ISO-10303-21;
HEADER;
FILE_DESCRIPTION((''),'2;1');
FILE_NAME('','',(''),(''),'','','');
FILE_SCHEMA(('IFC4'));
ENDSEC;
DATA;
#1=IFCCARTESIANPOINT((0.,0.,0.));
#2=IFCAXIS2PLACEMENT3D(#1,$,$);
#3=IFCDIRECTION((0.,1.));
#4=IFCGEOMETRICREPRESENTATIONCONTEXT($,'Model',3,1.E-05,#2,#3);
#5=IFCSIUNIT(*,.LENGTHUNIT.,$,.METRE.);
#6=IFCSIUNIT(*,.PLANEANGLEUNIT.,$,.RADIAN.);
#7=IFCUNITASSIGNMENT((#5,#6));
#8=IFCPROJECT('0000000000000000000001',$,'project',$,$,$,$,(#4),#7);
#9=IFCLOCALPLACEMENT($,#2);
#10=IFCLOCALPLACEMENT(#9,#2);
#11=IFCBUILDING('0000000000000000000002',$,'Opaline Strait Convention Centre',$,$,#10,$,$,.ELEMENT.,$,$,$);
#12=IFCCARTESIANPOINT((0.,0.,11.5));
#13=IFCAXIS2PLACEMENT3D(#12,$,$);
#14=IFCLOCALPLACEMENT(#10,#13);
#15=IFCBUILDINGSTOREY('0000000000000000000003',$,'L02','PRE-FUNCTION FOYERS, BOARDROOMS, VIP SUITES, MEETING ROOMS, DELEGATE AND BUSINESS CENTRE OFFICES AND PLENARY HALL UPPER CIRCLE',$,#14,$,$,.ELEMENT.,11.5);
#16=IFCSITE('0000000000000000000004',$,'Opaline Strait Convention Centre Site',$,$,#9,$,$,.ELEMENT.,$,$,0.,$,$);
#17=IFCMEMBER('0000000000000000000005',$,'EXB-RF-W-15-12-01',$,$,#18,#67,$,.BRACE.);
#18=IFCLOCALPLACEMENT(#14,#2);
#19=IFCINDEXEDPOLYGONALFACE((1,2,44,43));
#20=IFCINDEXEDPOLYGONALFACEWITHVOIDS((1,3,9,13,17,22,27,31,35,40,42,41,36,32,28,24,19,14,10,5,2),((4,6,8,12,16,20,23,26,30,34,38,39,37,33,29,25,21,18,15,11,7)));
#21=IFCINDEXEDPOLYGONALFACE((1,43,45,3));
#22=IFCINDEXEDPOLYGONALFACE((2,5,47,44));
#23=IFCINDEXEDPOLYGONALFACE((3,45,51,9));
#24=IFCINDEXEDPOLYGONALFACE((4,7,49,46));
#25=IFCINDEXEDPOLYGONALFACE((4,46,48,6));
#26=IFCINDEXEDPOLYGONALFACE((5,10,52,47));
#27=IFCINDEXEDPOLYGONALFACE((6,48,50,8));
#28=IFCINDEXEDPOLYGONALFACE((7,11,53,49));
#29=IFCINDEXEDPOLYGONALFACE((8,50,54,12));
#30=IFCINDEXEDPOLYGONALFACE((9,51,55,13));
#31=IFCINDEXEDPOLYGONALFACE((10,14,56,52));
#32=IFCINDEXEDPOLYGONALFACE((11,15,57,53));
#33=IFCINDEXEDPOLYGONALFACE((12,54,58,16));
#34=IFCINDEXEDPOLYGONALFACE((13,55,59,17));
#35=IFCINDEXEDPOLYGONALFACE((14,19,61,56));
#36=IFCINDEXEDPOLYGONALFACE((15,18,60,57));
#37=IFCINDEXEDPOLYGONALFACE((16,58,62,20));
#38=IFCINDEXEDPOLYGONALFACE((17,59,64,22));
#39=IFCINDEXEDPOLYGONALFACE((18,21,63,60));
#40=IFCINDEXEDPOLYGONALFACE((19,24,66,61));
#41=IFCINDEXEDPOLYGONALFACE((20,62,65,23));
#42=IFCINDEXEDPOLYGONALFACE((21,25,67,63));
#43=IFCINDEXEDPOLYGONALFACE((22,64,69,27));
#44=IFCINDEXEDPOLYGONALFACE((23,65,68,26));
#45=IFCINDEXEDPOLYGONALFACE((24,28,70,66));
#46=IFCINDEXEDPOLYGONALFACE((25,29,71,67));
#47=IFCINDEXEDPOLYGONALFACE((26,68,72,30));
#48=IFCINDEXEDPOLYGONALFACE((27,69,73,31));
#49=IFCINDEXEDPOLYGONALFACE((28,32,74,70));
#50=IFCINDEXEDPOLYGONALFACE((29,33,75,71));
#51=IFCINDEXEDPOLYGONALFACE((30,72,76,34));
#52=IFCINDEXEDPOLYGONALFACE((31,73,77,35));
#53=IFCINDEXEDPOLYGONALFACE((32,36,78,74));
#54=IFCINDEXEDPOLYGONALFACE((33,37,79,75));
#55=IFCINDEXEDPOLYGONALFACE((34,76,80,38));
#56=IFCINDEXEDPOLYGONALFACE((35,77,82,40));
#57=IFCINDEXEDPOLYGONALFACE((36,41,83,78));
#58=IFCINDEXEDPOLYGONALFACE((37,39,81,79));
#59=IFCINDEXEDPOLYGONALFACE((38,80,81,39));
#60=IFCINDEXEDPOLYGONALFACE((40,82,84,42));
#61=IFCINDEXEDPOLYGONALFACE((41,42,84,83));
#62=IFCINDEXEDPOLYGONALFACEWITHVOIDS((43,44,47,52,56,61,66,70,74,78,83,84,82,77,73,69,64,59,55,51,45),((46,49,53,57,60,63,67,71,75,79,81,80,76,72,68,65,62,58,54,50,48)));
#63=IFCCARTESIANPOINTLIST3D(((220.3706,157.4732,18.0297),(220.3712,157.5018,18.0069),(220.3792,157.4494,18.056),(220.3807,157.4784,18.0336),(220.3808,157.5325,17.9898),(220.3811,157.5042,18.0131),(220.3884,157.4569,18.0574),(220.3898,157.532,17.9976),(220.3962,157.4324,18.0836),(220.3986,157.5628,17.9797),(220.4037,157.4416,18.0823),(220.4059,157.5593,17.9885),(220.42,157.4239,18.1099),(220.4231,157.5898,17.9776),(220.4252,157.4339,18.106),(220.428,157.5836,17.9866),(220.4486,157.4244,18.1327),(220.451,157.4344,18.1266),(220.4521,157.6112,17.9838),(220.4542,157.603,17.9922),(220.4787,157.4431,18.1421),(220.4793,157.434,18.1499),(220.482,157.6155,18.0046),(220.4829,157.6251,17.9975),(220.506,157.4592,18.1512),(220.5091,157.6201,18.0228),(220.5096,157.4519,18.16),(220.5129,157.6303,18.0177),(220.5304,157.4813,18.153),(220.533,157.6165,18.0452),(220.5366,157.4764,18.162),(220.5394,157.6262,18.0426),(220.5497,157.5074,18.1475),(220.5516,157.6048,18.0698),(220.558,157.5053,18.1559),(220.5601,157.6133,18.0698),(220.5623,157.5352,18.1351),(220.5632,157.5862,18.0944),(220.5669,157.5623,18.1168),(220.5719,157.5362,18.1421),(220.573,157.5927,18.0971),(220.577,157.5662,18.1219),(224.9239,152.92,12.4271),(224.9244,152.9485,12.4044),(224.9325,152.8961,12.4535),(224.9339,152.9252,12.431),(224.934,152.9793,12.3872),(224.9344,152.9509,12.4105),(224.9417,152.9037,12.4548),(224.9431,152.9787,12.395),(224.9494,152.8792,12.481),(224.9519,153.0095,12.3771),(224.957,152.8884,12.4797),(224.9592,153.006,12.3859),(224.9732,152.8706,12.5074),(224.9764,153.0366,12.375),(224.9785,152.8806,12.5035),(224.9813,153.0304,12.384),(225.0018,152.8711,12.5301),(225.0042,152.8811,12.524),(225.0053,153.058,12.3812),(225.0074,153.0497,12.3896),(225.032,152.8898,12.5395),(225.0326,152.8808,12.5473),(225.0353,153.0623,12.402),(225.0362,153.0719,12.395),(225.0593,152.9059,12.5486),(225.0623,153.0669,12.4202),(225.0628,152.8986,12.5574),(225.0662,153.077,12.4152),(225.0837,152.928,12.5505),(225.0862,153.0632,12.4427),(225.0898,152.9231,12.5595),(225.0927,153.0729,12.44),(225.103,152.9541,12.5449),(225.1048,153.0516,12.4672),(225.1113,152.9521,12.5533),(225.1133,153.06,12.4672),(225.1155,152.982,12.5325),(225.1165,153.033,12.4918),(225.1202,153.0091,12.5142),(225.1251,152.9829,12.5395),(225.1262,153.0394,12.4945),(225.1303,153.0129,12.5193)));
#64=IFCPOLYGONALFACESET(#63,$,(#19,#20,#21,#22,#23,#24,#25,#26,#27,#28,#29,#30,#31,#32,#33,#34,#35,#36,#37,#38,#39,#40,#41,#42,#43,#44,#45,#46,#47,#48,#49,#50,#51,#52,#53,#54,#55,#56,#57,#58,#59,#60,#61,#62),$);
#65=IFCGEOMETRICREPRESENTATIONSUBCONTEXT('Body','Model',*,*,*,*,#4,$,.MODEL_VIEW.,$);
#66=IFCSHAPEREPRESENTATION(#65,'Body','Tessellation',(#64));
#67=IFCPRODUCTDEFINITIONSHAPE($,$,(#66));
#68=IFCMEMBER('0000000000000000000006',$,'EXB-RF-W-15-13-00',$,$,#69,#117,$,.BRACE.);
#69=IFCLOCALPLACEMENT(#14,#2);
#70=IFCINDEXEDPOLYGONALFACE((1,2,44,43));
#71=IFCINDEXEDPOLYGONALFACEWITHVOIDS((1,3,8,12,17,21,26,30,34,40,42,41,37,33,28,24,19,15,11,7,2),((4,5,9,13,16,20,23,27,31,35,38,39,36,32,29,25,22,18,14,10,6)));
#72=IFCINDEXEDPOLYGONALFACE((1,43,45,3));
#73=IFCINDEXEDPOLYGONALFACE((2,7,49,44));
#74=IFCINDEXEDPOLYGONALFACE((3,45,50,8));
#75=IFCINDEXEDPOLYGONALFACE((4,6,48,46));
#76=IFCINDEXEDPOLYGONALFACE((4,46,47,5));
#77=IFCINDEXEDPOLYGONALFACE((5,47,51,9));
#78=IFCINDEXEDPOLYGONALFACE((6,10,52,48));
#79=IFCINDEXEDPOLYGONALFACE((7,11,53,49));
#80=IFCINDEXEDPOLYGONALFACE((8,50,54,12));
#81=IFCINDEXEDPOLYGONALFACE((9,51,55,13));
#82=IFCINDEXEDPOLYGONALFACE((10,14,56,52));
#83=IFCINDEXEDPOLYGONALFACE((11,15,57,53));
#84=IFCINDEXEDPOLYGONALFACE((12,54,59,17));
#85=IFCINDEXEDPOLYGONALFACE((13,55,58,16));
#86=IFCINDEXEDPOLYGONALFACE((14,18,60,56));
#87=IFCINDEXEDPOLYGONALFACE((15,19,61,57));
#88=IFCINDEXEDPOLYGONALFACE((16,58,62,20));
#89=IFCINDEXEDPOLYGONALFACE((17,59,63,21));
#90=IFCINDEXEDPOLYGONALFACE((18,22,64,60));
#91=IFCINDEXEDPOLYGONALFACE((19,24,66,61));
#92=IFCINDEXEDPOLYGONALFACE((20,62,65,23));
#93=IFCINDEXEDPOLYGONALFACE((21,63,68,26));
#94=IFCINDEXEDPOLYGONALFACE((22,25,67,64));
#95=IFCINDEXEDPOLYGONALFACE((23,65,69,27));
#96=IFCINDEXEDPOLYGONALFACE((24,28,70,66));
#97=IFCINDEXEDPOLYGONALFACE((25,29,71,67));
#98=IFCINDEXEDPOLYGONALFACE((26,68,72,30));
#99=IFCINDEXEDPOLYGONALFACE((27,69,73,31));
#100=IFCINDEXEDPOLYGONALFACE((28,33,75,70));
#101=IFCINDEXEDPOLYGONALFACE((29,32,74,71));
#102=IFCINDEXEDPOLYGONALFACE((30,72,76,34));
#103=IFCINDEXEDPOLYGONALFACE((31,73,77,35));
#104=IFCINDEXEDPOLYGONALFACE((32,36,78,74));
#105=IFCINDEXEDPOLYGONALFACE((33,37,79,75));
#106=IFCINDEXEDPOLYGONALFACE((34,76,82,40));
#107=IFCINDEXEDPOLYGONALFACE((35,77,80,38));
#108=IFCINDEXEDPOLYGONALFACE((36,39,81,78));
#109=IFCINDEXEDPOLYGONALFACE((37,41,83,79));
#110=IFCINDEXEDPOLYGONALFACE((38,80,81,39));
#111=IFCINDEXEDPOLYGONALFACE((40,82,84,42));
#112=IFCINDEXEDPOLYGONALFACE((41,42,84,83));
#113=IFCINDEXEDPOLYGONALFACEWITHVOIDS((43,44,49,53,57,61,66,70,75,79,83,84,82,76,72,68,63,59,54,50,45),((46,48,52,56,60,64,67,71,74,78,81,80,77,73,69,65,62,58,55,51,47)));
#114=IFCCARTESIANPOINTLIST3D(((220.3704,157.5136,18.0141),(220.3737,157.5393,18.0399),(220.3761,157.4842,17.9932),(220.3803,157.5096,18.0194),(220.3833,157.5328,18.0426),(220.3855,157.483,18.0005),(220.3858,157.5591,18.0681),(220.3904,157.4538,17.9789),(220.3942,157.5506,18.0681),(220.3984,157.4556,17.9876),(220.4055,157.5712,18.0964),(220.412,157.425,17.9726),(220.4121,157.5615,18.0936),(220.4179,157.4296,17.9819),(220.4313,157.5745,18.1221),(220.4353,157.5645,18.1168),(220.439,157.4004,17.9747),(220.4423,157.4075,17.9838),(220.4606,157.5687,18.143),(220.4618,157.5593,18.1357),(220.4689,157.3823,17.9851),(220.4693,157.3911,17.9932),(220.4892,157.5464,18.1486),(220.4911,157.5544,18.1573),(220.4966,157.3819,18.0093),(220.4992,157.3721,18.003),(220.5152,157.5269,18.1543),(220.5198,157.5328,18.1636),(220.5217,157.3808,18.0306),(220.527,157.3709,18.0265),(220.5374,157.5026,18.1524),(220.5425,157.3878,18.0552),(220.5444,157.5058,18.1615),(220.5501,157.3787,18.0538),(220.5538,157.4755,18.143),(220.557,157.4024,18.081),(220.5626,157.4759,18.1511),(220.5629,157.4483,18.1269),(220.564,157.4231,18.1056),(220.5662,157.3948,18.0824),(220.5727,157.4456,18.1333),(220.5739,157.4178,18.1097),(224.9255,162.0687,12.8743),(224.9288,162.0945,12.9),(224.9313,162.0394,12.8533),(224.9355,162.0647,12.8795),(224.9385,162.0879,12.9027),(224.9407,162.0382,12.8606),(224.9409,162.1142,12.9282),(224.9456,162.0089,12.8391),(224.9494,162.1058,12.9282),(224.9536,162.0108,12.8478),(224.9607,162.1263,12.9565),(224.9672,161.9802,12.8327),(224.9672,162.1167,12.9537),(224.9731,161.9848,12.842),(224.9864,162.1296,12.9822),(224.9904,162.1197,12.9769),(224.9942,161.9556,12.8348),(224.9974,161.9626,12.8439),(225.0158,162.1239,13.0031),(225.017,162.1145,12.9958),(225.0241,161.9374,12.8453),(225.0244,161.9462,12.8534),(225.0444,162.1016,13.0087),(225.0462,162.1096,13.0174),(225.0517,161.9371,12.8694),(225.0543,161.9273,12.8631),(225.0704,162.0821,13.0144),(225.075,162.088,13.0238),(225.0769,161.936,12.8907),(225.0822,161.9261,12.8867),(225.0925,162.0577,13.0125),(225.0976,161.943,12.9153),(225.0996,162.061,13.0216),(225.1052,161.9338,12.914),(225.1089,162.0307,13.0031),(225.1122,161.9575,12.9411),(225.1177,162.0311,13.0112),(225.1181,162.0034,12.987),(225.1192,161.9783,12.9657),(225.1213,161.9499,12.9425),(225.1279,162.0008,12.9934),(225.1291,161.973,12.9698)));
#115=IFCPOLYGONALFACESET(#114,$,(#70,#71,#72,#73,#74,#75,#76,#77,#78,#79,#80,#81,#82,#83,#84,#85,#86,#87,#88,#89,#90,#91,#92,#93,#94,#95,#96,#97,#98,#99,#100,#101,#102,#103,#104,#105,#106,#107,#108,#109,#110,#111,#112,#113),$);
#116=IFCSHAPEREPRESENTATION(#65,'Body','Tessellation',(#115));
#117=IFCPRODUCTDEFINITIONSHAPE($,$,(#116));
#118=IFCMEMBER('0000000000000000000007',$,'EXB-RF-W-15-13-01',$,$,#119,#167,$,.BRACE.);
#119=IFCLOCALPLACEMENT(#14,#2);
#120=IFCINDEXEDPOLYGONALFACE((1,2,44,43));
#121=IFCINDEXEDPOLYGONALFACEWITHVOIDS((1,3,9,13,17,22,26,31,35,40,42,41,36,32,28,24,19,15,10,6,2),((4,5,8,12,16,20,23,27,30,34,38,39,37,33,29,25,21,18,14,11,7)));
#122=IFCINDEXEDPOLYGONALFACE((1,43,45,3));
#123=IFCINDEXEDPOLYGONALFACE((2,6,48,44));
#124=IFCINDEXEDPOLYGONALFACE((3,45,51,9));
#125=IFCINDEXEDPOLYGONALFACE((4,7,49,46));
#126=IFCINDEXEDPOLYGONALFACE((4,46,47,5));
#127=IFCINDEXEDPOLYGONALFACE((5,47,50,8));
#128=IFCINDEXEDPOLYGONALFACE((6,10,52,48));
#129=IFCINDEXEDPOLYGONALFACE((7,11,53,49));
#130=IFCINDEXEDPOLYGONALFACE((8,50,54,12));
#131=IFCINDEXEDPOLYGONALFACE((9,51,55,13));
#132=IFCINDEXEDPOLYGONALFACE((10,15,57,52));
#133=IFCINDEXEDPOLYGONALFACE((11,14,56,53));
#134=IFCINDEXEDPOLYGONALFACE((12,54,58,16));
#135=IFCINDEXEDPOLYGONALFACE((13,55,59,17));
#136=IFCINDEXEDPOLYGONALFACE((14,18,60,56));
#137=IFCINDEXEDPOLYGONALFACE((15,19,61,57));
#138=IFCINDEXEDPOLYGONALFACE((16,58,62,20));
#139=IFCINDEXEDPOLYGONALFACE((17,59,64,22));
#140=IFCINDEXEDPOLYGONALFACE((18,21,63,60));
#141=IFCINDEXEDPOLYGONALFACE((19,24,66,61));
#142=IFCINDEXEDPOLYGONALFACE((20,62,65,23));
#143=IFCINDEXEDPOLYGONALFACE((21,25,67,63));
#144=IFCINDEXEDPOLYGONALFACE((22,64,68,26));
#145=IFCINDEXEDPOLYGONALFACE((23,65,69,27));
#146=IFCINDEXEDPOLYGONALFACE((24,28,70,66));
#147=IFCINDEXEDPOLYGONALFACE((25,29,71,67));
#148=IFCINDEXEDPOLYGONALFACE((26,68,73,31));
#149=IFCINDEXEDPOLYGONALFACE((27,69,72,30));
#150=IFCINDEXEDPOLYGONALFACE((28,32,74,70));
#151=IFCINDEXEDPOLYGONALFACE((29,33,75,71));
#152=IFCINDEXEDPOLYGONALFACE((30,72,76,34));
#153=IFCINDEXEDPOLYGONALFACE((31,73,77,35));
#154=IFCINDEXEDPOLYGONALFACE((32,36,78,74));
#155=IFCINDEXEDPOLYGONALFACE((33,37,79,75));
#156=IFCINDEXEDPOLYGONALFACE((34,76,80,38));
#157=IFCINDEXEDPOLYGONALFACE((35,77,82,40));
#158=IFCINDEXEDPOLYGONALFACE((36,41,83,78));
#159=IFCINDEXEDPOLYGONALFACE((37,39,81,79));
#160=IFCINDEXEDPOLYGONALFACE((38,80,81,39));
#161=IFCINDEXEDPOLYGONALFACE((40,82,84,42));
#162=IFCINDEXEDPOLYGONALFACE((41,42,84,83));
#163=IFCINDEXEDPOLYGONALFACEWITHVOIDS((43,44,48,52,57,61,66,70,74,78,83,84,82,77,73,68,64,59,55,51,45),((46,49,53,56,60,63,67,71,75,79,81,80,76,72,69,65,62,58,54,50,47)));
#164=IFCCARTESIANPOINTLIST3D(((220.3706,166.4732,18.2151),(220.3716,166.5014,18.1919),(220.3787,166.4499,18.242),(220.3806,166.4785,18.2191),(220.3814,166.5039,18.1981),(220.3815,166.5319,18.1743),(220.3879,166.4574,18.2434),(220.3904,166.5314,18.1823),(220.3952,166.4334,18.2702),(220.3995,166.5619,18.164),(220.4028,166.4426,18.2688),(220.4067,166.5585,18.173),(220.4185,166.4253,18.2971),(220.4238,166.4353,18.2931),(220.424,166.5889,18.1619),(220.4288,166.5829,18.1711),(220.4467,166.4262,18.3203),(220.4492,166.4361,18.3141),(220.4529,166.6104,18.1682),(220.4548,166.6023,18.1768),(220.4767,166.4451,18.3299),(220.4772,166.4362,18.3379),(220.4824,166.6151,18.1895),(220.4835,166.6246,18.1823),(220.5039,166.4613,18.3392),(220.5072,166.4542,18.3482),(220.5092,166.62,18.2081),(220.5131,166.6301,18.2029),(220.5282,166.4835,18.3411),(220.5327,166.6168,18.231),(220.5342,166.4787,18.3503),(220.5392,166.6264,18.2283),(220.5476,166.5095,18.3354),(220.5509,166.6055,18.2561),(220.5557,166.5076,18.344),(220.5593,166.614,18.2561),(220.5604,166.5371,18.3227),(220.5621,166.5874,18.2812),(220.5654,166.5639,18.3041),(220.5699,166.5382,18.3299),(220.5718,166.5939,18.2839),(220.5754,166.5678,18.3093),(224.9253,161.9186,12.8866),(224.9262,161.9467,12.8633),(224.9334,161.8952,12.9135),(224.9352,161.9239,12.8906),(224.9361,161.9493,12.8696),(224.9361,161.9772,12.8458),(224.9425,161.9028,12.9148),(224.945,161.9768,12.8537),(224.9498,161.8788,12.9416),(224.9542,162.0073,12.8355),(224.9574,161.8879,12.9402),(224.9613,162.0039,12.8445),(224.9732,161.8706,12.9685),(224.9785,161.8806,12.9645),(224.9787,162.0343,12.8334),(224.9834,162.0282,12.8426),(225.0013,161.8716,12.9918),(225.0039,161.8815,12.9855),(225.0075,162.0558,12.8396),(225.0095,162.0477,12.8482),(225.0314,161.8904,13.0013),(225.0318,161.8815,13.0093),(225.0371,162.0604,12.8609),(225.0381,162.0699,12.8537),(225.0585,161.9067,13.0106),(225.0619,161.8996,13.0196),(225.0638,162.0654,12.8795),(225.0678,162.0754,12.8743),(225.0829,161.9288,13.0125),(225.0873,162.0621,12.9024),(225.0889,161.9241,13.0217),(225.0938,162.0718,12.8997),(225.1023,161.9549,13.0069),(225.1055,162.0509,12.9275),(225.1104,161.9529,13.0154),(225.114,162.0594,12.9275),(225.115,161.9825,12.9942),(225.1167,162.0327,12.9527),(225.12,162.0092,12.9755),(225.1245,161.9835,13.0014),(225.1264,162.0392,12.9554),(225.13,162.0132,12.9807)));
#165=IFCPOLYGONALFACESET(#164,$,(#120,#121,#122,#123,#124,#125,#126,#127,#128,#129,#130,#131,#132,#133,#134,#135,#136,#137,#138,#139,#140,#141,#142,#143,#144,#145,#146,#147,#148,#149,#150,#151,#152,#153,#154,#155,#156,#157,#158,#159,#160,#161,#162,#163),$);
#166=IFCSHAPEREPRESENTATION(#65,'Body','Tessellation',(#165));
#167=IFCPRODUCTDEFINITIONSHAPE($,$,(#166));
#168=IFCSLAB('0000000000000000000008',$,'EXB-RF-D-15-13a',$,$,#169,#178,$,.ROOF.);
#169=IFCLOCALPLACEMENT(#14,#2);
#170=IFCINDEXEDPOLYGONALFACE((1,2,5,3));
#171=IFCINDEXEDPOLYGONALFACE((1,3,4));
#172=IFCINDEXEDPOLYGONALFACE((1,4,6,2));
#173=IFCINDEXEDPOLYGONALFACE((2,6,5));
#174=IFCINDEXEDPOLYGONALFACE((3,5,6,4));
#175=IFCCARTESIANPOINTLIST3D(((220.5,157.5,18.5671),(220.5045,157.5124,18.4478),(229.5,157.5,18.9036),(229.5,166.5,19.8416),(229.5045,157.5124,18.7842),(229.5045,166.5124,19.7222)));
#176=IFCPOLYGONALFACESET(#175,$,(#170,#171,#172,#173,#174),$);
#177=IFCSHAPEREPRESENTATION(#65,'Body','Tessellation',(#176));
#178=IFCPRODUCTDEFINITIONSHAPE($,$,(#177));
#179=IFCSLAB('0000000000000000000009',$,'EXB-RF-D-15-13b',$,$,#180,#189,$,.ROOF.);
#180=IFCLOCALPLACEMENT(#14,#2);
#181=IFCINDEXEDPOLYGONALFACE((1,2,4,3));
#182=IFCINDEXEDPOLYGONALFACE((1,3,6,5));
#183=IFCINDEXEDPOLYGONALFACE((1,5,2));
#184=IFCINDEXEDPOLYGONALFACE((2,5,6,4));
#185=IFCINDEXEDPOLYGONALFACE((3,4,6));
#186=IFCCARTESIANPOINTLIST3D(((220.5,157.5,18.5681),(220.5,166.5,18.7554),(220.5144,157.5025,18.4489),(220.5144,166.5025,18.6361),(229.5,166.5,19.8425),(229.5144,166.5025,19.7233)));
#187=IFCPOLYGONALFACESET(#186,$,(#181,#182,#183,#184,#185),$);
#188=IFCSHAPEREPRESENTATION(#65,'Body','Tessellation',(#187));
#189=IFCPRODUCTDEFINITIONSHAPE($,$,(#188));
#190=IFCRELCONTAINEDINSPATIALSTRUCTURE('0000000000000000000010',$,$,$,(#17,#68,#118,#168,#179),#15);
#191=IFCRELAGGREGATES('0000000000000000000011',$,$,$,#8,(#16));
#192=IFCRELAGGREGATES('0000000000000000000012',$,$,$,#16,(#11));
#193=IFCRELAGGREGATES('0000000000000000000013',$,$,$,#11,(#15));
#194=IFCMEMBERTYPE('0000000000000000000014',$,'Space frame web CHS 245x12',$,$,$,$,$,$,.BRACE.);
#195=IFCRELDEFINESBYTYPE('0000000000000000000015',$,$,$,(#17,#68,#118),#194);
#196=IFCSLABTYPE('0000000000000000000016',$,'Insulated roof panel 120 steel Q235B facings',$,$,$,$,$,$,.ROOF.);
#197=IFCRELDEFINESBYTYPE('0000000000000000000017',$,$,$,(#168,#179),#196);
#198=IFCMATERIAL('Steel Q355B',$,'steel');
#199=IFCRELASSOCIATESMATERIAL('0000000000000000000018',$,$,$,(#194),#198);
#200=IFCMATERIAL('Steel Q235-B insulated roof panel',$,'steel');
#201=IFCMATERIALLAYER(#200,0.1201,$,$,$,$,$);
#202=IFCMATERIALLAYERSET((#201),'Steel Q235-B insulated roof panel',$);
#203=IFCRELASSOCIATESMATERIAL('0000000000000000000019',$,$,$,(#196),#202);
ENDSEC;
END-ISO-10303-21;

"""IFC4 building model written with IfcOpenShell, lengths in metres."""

from ifc_helpers import new_model, si_unit, direction, frame, origin, origin_2d, place, context, subcontext, project, spatial, polyline, hollow_circle, outline, extrude, material, layer, layer_set, material_profile, profile_set, type_object, element, save


model = new_model("IFC4")

# Units and contexts
model_context = context("Model", 3, precision=1e-05, world=origin(), true_north=direction((0.0, 1.0)))
body_context = subcontext(model_context, "Body", "Model", "MODEL_VIEW")
ifc_project = project(units=[si_unit("LENGTHUNIT", "METRE"), si_unit("PLANEANGLEUNIT", "RADIAN")], contexts=[model_context])

# Site, building, storey
site_placement = place(None, origin())
site = spatial("IfcSite", under=ifc_project, at=site_placement, Name="Opaline Strait Convention Centre Site", CompositionType="ELEMENT", RefElevation=0.0)
building_placement = place(site_placement, origin())
building = spatial("IfcBuilding", under=site, at=building_placement, Name="Opaline Strait Convention Centre", CompositionType="ELEMENT")
storey_placement = place(building_placement, frame((0.0, 0.0, 11.5)))
storey = spatial("IfcBuildingStorey", under=building, at=storey_placement, Name="L02", Description="PRE-FUNCTION FOYERS, BOARDROOMS, VIP SUITES, MEETING ROOMS, DELEGATE AND BUSINESS CENTRE OFFICES AND PLENARY HALL UPPER CIRCLE", CompositionType="ELEMENT", Elevation=11.5)

# Members
ifc_material_1 = material(Name="Steel Q355B", Category="steel")
ifc_material_profile_1 = material_profile(ifc_material_1, hollow_circle(Radius=0.1226, WallThickness=0.012, at=origin_2d()), Name="CHS 245x12")
ifc_profile_set_1 = profile_set([ifc_material_profile_1], Name="Steel Q355B")
member_type_1 = type_object("IfcMemberType", Name="Space frame web CHS 245x12", PredefinedType="BRACE", material=ifc_profile_set_1)
member_1_placement = place(storey_placement, frame((220.4734, 157.5266, 18.0698), z_axis=(0.533455, -0.533455, -0.656393), x_axis=(0.707107, 0.707107, 0.0)))
element("IfcMember", 1, at=member_1_placement, inside=storey, type_object=member_type_1, Name="EXB-RF-W-15-12-01", PredefinedType="BRACE", context=body_context, shape_type="SweptSolid", body=[
    extrude(hollow_circle(Radius=0.1226, WallThickness=0.012, at=origin_2d()), origin(), (0.0, 0.0, 1.0), 8.5354),
])
member_2_placement = place(storey_placement, frame((220.4724, 157.4724, 18.0681), z_axis=(0.552731, 0.552731, -0.623681), x_axis=(-0.707107, 0.707107, 0.0)))
element("IfcMember", 2, at=member_2_placement, inside=storey, type_object=member_type_1, Name="EXB-RF-W-15-13-00", PredefinedType="BRACE", context=body_context, shape_type="SweptSolid", body=[
    extrude(hollow_circle(Radius=0.1226, WallThickness=0.012, at=origin_2d()), origin(), (0.0, 0.0, 1.0), 8.2412),
])
member_3_placement = place(storey_placement, frame((220.4727, 166.5273, 18.2561), z_axis=(0.544839, -0.544839, -0.637417), x_axis=(0.707107, 0.707107, 0.0)))
element("IfcMember", 3, at=member_3_placement, inside=storey, type_object=member_type_1, Name="EXB-RF-W-15-13-01", PredefinedType="BRACE", context=body_context, shape_type="SweptSolid", body=[
    extrude(hollow_circle(Radius=0.1226, WallThickness=0.012, at=origin_2d()), origin(), (0.0, 0.0, 1.0), 8.3596),
])

# Slabs
ifc_material_2 = material(Name="Steel Q235-B insulated roof panel", Category="steel")
ifc_layer_1 = layer(ifc_material_2, 0.1201)
ifc_layer_set_1 = layer_set([ifc_layer_1], Name="Steel Q235-B insulated roof panel")
slab_type = type_object("IfcSlabType", Name="Insulated roof panel 120 steel Q235B facings", PredefinedType="ROOF", material=ifc_layer_set_1)
slab_1_placement = place(storey_placement, frame((220.5, 157.5, 18.5671), z_axis=(-0.037154, -0.103588, 0.993926), x_axis=(0.999302, 0.0, 0.037355)))
element("IfcSlab", 4, at=slab_1_placement, inside=storey, type_object=slab_type, Name="EXB-RF-D-15-13a", PredefinedType="ROOF", context=body_context, shape_type="SweptSolid", body=[
    extrude(outline(polyline([(0.0, 0.0), (9.0063, 0.0), (9.0413, 9.0487), (0.0, 0.0)])), origin(), (0.0, 0.0, -1.0), 0.1201),
])
slab_2_placement = place(storey_placement, frame((220.5, 157.5, 18.5681), z_axis=(-0.119898, -0.020652, 0.992571), x_axis=(0.703589, 0.703589, 0.099629)))
element("IfcSlab", 5, at=slab_2_placement, inside=storey, type_object=slab_type, Name="EXB-RF-D-15-13b", PredefinedType="ROOF", context=body_context, shape_type="SweptSolid", body=[
    extrude(outline(polyline([(0.0, 0.0), (12.7916, 0.0), (6.351, 6.3797), (0.0, 0.0)])), origin(), (0.0, 0.0, -1.0), 0.1201),
])

save(model, "model.ifc")
